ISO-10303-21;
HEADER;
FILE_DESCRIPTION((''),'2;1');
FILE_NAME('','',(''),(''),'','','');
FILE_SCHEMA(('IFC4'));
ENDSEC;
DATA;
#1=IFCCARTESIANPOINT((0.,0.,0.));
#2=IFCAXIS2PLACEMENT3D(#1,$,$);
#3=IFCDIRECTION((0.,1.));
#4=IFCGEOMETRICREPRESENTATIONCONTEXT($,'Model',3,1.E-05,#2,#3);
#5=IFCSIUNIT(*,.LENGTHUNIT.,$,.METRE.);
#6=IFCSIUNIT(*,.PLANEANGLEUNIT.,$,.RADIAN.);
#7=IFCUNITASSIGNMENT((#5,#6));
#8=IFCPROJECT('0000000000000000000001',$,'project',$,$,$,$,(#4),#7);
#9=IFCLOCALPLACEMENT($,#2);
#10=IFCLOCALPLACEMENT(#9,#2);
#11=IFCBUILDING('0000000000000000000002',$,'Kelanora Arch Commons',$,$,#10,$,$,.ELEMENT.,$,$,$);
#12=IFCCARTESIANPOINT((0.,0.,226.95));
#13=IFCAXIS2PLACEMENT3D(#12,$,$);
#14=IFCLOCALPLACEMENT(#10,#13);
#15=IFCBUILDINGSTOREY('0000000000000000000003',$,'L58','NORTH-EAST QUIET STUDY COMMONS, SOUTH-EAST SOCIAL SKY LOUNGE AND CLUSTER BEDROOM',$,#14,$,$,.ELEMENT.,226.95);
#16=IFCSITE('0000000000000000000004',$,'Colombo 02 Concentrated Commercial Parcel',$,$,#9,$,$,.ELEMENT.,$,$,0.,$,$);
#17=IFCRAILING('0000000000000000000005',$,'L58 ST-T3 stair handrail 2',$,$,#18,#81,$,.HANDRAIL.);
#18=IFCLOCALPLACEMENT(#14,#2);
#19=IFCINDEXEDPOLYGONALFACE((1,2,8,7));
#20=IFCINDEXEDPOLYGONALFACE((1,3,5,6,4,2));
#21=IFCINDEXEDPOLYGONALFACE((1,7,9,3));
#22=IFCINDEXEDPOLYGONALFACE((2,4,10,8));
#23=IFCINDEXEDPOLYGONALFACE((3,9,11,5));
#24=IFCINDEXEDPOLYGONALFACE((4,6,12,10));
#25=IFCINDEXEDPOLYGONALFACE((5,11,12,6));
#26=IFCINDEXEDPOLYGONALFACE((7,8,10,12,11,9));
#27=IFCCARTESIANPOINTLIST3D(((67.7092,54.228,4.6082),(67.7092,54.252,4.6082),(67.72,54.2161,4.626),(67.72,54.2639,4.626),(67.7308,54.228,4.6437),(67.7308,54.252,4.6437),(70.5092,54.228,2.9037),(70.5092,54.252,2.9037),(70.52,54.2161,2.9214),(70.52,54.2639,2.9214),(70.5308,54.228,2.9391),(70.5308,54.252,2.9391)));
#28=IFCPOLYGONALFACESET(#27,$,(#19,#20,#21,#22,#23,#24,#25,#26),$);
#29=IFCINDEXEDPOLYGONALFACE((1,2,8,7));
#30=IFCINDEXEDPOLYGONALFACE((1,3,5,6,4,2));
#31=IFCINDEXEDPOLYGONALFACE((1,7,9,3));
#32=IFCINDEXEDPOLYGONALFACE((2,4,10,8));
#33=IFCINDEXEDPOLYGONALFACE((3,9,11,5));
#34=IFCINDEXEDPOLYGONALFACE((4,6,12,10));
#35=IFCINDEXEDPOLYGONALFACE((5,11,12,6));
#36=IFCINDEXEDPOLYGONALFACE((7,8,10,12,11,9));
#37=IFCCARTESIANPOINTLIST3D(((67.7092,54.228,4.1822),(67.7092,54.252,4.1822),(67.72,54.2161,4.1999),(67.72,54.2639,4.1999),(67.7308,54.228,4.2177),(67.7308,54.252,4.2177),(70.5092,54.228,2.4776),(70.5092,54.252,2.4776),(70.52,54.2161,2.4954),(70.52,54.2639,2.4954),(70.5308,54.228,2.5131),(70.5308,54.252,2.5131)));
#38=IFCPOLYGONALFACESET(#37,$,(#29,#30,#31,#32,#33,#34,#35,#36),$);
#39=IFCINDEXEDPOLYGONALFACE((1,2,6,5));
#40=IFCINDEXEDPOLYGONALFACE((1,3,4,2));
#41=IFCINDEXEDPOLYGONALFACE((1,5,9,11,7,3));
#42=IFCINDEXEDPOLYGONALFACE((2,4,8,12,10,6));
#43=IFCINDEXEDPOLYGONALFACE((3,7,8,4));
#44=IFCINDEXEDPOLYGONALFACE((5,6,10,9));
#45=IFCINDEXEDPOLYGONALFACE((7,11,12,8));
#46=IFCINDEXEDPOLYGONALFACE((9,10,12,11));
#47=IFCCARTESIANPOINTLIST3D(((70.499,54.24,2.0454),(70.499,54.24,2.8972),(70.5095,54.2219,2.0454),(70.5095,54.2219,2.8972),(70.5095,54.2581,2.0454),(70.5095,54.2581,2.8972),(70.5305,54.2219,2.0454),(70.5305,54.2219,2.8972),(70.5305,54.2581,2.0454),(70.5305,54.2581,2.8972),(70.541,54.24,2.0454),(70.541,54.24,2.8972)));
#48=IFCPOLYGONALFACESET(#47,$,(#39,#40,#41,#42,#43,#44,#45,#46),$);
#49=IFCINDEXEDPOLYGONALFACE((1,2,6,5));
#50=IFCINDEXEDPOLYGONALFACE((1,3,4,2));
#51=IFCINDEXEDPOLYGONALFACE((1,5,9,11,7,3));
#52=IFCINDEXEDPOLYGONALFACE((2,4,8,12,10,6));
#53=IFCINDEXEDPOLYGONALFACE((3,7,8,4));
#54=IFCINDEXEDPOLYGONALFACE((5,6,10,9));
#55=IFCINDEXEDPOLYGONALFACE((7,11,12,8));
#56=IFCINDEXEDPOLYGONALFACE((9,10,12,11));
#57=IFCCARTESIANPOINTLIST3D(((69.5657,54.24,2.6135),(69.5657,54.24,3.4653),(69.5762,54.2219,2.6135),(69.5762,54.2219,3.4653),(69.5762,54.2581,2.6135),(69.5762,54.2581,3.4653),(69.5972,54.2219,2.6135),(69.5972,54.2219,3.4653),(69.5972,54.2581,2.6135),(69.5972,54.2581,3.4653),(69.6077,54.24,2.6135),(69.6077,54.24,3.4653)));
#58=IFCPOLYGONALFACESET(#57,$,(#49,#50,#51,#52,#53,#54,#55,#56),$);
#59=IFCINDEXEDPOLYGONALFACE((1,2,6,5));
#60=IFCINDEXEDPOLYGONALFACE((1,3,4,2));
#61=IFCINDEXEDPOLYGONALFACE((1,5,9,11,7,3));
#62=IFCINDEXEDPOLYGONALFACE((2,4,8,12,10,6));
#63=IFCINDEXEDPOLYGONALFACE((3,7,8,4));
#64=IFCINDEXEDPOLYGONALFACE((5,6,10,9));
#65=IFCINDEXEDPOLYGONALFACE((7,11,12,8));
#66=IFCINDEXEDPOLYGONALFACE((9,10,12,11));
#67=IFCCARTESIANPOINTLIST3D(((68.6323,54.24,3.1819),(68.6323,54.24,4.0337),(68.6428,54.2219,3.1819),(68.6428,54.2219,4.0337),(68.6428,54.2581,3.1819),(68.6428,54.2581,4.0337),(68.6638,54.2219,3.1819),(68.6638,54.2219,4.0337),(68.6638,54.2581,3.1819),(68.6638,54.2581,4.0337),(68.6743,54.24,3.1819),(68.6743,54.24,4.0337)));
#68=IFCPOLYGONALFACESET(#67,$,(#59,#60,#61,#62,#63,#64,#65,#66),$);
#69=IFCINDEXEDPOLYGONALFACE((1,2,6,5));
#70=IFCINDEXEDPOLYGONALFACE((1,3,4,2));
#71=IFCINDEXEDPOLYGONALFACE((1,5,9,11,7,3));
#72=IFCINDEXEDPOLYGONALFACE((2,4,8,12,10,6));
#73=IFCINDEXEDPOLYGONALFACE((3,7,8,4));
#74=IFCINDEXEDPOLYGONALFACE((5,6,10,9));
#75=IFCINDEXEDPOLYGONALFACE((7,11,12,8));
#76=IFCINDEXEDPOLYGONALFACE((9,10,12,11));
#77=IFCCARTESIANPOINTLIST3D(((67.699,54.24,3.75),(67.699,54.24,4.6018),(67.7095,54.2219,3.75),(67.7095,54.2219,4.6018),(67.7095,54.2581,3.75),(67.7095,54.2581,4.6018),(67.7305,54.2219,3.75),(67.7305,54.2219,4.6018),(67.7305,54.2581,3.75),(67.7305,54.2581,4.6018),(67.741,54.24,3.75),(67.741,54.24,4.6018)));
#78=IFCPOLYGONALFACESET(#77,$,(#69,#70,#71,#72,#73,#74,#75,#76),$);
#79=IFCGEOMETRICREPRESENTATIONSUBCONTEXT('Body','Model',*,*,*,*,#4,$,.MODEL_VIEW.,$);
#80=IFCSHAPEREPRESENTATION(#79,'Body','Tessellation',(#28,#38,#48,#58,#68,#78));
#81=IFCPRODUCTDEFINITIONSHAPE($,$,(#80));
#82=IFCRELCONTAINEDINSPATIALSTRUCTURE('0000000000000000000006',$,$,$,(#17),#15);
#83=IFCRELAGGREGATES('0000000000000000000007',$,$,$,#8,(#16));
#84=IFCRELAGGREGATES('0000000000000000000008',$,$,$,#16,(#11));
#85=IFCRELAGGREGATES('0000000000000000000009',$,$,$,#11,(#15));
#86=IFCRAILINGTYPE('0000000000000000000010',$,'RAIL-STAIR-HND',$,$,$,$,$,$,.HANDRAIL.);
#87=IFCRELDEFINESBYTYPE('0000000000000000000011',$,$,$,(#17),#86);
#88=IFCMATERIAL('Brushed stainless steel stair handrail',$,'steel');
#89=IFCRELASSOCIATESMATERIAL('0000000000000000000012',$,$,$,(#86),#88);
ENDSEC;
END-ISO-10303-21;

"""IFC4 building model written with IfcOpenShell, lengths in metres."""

from ifc_helpers import new_model, si_unit, direction, frame, origin, place, context, subcontext, project, spatial, polyline, outline, extrude, material, type_object, element, save


model = new_model("IFC4")

# Units and contexts
model_context = context("Model", 3, precision=1e-05, world=origin(), true_north=direction((0.0, 1.0)))
body_context = subcontext(model_context, "Body", "Model", "MODEL_VIEW")
ifc_project = project(units=[si_unit("LENGTHUNIT", "METRE"), si_unit("PLANEANGLEUNIT", "RADIAN")], contexts=[model_context])

# Site, building, storey
site_placement = place(None, origin())
site = spatial("IfcSite", under=ifc_project, at=site_placement, Name="Colombo 02 Concentrated Commercial Parcel", CompositionType="ELEMENT", RefElevation=0.0)
building_placement = place(site_placement, origin())
building = spatial("IfcBuilding", under=site, at=building_placement, Name="Kelanora Arch Commons", CompositionType="ELEMENT")
storey_placement = place(building_placement, frame((0.0, 0.0, 226.95)))
storey = spatial("IfcBuildingStorey", under=building, at=storey_placement, Name="L58", Description="NORTH-EAST QUIET STUDY COMMONS, SOUTH-EAST SOCIAL SKY LOUNGE AND CLUSTER BEDROOM", CompositionType="ELEMENT", Elevation=226.95)

# Railing
ifc_material_1 = material(Name="Brushed stainless steel stair handrail", Category="steel")
railing_type_1 = type_object("IfcRailingType", Name="RAIL-STAIR-HND", PredefinedType="HANDRAIL", material=ifc_material_1)
railing_1_placement = place(storey_placement, frame((70.52, 54.24, 2.0454)))
element("IfcRailing", 1, at=railing_1_placement, inside=storey, type_object=railing_type_1, Name="L58 ST-T3 stair handrail 2", PredefinedType="HANDRAIL", context=body_context, shape_type="SweptSolid", body=[
    extrude(outline(polyline([(0.0239, 0.0), (0.012, 0.0208), (-0.012, 0.0208), (-0.0239, 0.0), (-0.012, -0.0208), (0.012, -0.0208), (0.0239, 0.0)])), frame((0.0, 0.0, 0.876), z_axis=(-0.85417, 0.0, 0.519994), x_axis=(0.0, -1.0, 0.0)), (0.0, 0.0, 1.0), 3.2781),
    extrude(outline(polyline([(0.0239, 0.0), (0.012, 0.0208), (-0.012, 0.0208), (-0.0239, 0.0), (-0.012, -0.0208), (0.012, -0.0208), (0.0239, 0.0)])), frame((0.0, 0.0, 0.45), z_axis=(-0.85417, 0.0, 0.519994), x_axis=(0.0, -1.0, 0.0)), (0.0, 0.0, 1.0), 3.2781),
    extrude(outline(polyline([(0.021, 0.0), (0.0105, 0.0181), (-0.0105, 0.0181), (-0.021, 0.0), (-0.0105, -0.0181), (0.0105, -0.0181), (0.021, 0.0)])), origin(), (0.0, 0.0, 1.0), 0.8518),
    extrude(outline(polyline([(0.021, 0.0), (0.0105, 0.0181), (-0.0105, 0.0181), (-0.021, 0.0), (-0.0105, -0.0181), (0.0105, -0.0181), (0.021, 0.0)])), frame((-0.9333, 0.0, 0.5681)), (0.0, 0.0, 1.0), 0.8518),
    extrude(outline(polyline([(0.021, 0.0), (0.0105, 0.0181), (-0.0105, 0.0181), (-0.021, 0.0), (-0.0105, -0.0181), (0.0105, -0.0181), (0.021, 0.0)])), frame((-1.8667, 0.0, 1.1365)), (0.0, 0.0, 1.0), 0.8518),
    extrude(outline(polyline([(0.021, 0.0), (0.0105, 0.0181), (-0.0105, 0.0181), (-0.021, 0.0), (-0.0105, -0.0181), (0.0105, -0.0181), (0.021, 0.0)])), frame((-2.8, 0.0, 1.7046)), (0.0, 0.0, 1.0), 0.8518),
])

save(model, "model.ifc")
